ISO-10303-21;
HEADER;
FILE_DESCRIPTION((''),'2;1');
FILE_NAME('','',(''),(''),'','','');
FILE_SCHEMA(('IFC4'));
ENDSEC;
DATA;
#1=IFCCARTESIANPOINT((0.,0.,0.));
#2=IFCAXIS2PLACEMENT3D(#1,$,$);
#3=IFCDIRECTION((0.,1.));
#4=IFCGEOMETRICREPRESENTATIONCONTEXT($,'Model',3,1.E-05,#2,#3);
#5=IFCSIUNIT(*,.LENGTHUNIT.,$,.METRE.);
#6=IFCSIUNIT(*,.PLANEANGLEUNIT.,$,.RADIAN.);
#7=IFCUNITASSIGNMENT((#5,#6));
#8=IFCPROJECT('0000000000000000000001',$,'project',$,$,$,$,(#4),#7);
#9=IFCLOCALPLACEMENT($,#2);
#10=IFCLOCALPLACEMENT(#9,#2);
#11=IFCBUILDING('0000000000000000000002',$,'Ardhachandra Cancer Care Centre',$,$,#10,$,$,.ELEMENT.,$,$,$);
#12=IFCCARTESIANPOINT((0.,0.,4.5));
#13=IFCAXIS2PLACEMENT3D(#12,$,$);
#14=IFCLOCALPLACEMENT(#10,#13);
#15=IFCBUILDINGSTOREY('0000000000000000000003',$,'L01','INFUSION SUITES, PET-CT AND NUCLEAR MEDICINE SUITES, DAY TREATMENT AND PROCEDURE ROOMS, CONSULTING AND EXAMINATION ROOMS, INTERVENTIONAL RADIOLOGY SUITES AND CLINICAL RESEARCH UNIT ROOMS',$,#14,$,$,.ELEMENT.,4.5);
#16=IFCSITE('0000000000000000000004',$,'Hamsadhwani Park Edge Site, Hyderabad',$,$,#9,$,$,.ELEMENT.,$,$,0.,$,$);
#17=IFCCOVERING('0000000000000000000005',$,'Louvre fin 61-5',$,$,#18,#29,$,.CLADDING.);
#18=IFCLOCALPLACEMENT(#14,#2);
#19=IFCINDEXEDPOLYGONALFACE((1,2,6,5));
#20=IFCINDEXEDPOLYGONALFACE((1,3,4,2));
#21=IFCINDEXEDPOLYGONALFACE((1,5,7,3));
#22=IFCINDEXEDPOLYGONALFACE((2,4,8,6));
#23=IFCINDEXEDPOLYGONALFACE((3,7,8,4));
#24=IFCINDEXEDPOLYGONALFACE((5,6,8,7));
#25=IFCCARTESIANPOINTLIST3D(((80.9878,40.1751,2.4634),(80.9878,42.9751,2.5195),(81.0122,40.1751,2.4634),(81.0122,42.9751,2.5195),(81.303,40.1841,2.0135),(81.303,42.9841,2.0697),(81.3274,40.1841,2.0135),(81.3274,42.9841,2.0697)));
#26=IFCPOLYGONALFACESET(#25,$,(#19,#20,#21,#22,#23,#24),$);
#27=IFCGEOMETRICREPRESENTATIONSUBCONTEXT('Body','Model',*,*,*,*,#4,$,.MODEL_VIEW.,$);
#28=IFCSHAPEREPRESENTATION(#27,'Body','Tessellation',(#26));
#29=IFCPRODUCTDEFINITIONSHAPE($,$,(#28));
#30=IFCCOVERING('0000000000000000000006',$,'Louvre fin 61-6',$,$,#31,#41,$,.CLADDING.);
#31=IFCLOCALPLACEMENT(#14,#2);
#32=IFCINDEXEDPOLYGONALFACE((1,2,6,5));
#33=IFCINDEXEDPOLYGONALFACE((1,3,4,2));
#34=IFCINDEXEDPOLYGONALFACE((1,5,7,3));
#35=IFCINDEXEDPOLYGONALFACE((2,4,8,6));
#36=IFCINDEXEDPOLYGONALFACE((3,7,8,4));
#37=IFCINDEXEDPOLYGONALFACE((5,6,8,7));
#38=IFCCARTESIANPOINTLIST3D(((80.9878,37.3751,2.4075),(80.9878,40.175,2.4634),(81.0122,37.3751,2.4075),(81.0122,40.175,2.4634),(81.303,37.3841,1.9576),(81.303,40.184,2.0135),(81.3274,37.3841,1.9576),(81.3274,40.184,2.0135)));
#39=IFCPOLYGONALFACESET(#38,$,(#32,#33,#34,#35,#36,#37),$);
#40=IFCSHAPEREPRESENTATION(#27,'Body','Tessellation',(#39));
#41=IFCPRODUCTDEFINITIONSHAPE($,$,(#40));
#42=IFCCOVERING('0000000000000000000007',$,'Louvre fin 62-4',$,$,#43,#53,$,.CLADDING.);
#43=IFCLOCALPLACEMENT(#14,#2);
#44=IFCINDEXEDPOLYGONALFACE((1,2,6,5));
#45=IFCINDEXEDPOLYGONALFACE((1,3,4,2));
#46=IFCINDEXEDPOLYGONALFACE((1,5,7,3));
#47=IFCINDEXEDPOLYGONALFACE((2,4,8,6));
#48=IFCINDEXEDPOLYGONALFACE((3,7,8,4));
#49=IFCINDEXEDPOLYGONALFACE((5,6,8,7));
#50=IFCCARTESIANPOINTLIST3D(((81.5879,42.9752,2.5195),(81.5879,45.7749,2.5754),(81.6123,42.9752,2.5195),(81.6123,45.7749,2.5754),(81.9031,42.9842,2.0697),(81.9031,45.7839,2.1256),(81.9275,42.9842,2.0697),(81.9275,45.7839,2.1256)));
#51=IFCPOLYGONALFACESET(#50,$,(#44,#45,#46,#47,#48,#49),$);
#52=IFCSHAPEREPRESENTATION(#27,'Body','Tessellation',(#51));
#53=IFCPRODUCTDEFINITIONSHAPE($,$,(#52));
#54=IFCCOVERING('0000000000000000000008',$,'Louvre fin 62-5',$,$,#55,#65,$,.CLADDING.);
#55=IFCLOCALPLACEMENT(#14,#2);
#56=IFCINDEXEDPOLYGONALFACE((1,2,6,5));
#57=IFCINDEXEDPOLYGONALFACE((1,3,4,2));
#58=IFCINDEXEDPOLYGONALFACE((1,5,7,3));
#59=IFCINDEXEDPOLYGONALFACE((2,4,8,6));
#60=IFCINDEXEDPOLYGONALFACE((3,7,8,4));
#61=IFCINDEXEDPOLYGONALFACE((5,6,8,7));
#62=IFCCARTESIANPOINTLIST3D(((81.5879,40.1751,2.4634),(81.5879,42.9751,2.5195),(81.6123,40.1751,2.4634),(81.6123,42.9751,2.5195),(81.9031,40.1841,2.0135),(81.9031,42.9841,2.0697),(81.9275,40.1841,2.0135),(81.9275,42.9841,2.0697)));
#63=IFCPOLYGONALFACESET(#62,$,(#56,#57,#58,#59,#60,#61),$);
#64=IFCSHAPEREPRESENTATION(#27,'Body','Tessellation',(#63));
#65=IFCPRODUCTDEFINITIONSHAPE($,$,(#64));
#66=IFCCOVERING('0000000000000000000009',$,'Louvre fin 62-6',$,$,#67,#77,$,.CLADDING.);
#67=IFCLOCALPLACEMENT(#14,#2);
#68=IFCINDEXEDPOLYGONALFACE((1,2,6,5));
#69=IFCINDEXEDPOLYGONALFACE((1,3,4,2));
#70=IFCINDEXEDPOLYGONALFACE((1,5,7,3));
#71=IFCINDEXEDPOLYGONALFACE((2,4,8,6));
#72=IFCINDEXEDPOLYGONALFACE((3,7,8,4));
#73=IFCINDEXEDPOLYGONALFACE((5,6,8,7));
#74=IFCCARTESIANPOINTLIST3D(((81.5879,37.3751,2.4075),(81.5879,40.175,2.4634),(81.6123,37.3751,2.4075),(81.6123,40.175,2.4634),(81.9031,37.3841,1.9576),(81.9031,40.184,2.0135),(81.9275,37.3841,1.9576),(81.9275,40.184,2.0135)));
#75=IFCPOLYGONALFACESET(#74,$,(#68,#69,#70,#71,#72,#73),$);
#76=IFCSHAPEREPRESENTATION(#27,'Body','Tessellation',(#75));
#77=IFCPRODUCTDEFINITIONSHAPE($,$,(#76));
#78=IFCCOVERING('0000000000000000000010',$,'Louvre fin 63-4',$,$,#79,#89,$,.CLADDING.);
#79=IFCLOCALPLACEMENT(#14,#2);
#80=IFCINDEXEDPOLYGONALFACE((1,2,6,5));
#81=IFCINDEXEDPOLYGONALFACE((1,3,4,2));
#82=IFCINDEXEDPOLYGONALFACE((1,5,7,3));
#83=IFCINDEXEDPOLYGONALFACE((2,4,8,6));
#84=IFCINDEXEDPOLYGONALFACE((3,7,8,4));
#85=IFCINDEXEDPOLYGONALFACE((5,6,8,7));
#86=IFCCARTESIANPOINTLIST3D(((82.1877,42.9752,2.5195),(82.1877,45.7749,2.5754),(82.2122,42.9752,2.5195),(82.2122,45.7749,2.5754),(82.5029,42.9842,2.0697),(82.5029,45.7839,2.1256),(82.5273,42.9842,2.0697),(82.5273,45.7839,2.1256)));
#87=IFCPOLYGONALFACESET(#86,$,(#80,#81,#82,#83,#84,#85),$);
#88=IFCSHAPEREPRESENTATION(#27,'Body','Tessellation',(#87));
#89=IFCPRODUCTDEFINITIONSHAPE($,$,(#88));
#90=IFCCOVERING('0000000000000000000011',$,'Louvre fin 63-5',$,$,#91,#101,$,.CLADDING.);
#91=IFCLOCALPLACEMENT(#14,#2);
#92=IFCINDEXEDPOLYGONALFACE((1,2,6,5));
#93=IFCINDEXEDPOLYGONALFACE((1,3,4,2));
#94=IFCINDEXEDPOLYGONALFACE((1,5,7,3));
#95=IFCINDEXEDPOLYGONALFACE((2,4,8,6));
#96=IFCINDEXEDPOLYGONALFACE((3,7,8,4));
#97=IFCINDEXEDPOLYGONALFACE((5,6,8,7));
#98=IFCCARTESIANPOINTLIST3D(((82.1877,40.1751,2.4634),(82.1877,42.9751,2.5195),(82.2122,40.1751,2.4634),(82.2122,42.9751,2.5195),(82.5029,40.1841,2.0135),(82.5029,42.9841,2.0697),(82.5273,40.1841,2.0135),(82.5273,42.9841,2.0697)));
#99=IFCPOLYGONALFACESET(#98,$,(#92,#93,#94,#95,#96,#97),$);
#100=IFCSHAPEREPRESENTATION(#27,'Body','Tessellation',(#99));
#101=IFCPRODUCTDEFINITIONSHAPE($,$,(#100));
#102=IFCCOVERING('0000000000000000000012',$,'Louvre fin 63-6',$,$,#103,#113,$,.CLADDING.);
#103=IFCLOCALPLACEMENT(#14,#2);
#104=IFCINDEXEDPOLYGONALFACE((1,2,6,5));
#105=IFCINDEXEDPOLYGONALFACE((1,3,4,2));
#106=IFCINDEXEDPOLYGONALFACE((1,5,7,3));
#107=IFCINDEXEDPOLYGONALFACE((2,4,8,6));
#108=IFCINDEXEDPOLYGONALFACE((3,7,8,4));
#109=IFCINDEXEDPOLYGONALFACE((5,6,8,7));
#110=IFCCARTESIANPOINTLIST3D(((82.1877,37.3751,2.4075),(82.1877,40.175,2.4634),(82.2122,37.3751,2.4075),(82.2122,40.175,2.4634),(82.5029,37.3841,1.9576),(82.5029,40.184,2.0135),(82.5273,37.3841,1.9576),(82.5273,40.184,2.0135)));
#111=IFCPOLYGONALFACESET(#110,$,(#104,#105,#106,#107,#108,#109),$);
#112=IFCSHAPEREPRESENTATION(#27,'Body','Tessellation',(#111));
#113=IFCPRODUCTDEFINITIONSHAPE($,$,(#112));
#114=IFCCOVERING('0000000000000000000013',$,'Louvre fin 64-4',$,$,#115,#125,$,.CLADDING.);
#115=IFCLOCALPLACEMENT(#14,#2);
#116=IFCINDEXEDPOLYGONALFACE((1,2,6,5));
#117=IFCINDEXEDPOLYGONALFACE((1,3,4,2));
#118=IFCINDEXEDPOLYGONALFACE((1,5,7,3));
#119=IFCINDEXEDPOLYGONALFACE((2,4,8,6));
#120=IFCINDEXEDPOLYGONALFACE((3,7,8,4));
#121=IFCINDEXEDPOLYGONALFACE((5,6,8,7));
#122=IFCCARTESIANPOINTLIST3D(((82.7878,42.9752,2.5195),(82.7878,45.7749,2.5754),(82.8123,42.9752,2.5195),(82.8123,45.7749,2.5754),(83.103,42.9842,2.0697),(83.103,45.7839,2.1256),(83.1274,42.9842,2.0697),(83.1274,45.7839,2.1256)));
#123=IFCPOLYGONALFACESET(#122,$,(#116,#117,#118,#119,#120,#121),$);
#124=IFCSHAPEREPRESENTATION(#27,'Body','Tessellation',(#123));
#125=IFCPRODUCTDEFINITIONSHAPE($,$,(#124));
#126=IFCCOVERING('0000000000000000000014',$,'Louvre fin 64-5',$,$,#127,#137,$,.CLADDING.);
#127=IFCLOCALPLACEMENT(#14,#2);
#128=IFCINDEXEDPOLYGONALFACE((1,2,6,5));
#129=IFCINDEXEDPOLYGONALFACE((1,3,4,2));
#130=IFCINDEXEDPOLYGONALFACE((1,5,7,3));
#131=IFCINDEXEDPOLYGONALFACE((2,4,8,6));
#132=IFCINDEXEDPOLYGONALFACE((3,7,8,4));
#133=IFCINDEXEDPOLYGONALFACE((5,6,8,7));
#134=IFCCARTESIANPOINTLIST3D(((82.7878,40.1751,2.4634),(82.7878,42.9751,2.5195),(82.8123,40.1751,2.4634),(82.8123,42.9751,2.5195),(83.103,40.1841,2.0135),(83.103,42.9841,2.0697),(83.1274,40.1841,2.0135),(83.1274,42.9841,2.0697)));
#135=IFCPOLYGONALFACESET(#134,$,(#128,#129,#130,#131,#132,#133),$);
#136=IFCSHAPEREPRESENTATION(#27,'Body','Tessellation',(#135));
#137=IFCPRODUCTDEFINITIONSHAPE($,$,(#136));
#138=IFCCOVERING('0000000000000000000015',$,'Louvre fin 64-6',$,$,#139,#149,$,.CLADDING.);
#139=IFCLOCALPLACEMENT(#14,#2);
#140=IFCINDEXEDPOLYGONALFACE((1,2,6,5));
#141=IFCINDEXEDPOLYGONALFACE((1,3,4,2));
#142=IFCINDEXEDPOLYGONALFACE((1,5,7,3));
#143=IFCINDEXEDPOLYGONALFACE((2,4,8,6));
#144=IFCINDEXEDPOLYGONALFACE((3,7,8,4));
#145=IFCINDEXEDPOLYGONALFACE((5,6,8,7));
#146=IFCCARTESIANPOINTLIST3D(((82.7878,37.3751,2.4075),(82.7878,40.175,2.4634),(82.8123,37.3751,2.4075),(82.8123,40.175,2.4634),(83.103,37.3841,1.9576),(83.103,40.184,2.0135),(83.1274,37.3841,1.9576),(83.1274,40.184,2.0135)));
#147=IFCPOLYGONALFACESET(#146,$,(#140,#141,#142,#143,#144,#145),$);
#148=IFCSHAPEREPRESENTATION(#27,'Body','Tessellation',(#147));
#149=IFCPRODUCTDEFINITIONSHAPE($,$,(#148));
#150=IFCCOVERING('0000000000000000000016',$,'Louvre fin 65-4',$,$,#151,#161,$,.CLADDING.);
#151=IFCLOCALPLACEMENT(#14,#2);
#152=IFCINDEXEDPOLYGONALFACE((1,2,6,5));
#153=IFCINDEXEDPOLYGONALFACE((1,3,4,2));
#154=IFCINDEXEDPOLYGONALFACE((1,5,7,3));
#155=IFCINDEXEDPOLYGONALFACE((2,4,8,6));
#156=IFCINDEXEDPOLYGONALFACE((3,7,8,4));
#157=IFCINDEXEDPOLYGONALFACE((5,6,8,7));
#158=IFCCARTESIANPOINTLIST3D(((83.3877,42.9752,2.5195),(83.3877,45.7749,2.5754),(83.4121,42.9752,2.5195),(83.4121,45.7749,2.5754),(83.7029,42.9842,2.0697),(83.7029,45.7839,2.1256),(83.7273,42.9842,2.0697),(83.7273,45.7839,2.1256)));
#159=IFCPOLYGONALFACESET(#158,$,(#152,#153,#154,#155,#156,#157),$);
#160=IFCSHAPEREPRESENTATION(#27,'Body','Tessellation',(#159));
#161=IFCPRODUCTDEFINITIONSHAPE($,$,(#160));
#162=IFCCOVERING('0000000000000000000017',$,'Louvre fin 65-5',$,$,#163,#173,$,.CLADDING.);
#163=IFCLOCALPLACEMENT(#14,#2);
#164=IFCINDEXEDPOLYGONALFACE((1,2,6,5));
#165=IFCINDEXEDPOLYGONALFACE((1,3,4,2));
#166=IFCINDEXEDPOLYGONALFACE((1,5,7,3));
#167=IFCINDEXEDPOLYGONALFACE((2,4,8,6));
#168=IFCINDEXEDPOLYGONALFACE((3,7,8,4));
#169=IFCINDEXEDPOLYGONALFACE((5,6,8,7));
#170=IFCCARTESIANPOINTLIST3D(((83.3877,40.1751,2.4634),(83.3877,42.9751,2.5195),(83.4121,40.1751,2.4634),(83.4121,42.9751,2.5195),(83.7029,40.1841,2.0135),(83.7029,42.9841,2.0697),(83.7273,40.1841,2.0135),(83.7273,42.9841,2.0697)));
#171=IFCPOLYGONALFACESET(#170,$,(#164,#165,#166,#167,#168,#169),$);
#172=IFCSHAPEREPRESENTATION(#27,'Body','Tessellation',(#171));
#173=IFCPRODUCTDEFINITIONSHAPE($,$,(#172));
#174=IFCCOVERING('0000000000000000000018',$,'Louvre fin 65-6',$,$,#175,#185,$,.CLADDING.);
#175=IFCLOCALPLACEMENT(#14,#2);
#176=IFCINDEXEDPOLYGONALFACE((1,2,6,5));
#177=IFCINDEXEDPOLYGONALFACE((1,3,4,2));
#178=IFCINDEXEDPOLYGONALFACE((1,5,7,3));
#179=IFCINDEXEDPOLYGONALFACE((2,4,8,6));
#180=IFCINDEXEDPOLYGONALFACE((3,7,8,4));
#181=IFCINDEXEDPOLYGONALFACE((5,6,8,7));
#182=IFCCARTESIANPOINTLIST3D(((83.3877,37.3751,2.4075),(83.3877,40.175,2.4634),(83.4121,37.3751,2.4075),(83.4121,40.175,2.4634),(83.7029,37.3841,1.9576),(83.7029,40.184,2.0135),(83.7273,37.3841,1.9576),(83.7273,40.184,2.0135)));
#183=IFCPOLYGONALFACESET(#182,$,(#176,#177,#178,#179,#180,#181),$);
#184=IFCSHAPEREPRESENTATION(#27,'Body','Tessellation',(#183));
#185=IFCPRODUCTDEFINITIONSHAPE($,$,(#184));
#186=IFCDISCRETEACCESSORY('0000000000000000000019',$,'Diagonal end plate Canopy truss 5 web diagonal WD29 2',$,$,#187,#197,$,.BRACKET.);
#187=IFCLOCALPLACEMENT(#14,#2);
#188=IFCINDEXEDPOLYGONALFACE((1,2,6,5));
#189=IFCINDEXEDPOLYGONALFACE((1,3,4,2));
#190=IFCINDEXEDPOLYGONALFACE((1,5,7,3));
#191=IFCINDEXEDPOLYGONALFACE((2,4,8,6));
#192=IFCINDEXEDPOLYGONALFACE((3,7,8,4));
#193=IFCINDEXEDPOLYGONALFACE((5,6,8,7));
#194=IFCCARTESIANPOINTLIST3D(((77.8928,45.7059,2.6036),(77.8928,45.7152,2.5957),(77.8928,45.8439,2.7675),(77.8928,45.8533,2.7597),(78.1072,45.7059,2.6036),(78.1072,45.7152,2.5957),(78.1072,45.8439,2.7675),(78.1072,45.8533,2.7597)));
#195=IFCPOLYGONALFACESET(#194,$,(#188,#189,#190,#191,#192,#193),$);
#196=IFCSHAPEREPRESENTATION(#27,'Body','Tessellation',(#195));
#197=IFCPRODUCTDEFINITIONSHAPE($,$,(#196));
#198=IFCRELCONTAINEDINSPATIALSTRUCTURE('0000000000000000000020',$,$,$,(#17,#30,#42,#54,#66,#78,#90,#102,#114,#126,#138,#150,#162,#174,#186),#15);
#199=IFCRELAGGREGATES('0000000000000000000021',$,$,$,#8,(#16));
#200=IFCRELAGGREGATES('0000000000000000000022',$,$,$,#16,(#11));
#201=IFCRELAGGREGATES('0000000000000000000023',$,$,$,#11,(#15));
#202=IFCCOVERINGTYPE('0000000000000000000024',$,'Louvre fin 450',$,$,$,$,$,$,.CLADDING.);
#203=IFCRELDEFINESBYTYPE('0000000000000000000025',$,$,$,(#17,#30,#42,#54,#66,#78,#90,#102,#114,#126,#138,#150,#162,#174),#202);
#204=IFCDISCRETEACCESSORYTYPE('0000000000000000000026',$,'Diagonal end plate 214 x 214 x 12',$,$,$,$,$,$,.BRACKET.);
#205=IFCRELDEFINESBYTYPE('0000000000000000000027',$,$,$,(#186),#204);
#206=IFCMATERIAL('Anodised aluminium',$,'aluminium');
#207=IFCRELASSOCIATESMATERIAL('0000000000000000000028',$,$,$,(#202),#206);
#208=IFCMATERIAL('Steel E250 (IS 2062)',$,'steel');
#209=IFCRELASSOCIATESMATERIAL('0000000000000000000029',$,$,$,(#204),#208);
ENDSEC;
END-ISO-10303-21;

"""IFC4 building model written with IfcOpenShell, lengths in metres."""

from ifc_helpers import new_model, si_unit, direction, frame, origin, origin_2d, place, context, subcontext, project, spatial, polyline, rectangle, outline, extrude, material, material_profile, profile_set, type_object, element, save


model = new_model("IFC4")

# Units and contexts
model_context = context("Model", 3, precision=1e-05, world=origin(), true_north=direction((0.0, 1.0)))
body_context = subcontext(model_context, "Body", "Model", "MODEL_VIEW")
ifc_project = project(units=[si_unit("LENGTHUNIT", "METRE"), si_unit("PLANEANGLEUNIT", "RADIAN")], contexts=[model_context])

# Site, building, storey
site_placement = place(None, origin())
site = spatial("IfcSite", under=ifc_project, at=site_placement, Name="Hamsadhwani Park Edge Site, Hyderabad", CompositionType="ELEMENT", RefElevation=0.0)
building_placement = place(site_placement, origin())
building = spatial("IfcBuilding", under=site, at=building_placement, Name="Ardhachandra Cancer Care Centre", CompositionType="ELEMENT")
storey_placement = place(building_placement, frame((0.0, 0.0, 4.5)))
storey = spatial("IfcBuildingStorey", under=building, at=storey_placement, Name="L01", Description="INFUSION SUITES, PET-CT AND NUCLEAR MEDICINE SUITES, DAY TREATMENT AND PROCEDURE ROOMS, CONSULTING AND EXAMINATION ROOMS, INTERVENTIONAL RADIOLOGY SUITES AND CLINICAL RESEARCH UNIT ROOMS", CompositionType="ELEMENT", Elevation=4.5)

# Coverings
ifc_material_1 = material(Name="Anodised aluminium", Category="aluminium")
ifc_material_profile_1 = material_profile(ifc_material_1, outline(polyline([(-0.0122, 0.0), (0.0122, 0.0), (0.3274, -0.45), (0.303, -0.45), (-0.0122, 0.0)])), Name="Louvre fin 450")
ifc_profile_set_1 = profile_set([ifc_material_profile_1], Name="Anodised aluminium")
covering_type = type_object("IfcCoveringType", Name="Louvre fin 450", PredefinedType="CLADDING", material=ifc_profile_set_1)
for number, where, z_axis, x_axis, name in (
    (1, (81.0, 42.9751, 2.5195), (0.0, -0.999799, -0.02005), (1.0, 0.0, 0.0), "Louvre fin 61-5"),
    (2, (81.0, 40.175, 2.4634), (0.0, -0.999801, -0.019963), (1.0, 0.0, 0.0), "Louvre fin 61-6"),
):
    element("IfcCovering", number, at=place(storey_placement, frame(where, z_axis=z_axis, x_axis=x_axis)), inside=storey, type_object=covering_type, Name=name, PredefinedType="CLADDING", context=body_context, shape_type="SweptSolid", body=[
        extrude(outline(polyline([(-0.0122, 0.0), (0.0122, 0.0), (0.3274, -0.45), (0.303, -0.45), (-0.0122, 0.0)])), origin(), (0.0, 0.0, 1.0), 2.8005),
    ])
covering_1_placement = place(storey_placement, frame((81.6001, 45.7749, 2.5754), z_axis=(0.0, -0.999801, -0.019965), x_axis=(1.0, 0.0, 0.0)))
element("IfcCovering", 3, at=covering_1_placement, inside=storey, type_object=covering_type, Name="Louvre fin 62-4", PredefinedType="CLADDING", context=body_context, shape_type="SweptSolid", body=[
    extrude(outline(polyline([(-0.0122, 0.0), (0.0122, 0.0), (0.3274, -0.45), (0.303, -0.45), (-0.0122, 0.0)])), origin(), (0.0, 0.0, 1.0), 2.8003),
])
for number, where, z_axis, x_axis, name in (
    (4, (81.6001, 42.9751, 2.5195), (0.0, -0.999799, -0.02005), (1.0, 0.0, 0.0), "Louvre fin 62-5"),
    (5, (81.6001, 40.175, 2.4634), (0.0, -0.999801, -0.019963), (1.0, 0.0, 0.0), "Louvre fin 62-6"),
):
    element("IfcCovering", number, at=place(storey_placement, frame(where, z_axis=z_axis, x_axis=x_axis)), inside=storey, type_object=covering_type, Name=name, PredefinedType="CLADDING", context=body_context, shape_type="SweptSolid", body=[
        extrude(outline(polyline([(-0.0122, 0.0), (0.0122, 0.0), (0.3274, -0.45), (0.303, -0.45), (-0.0122, 0.0)])), origin(), (0.0, 0.0, 1.0), 2.8005),
    ])
covering_2_placement = place(storey_placement, frame((82.2, 45.7749, 2.5754), z_axis=(0.0, -0.999801, -0.019965), x_axis=(1.0, 0.0, 0.0)))
element("IfcCovering", 6, at=covering_2_placement, inside=storey, type_object=covering_type, Name="Louvre fin 63-4", PredefinedType="CLADDING", context=body_context, shape_type="SweptSolid", body=[
    extrude(outline(polyline([(-0.0122, 0.0), (0.0122, 0.0), (0.3274, -0.45), (0.303, -0.45), (-0.0122, 0.0)])), origin(), (0.0, 0.0, 1.0), 2.8003),
])
for number, where, z_axis, x_axis, name in (
    (7, (82.2, 42.9751, 2.5195), (0.0, -0.999799, -0.02005), (1.0, 0.0, 0.0), "Louvre fin 63-5"),
    (8, (82.2, 40.175, 2.4634), (0.0, -0.999801, -0.019963), (1.0, 0.0, 0.0), "Louvre fin 63-6"),
):
    element("IfcCovering", number, at=place(storey_placement, frame(where, z_axis=z_axis, x_axis=x_axis)), inside=storey, type_object=covering_type, Name=name, PredefinedType="CLADDING", context=body_context, shape_type="SweptSolid", body=[
        extrude(outline(polyline([(-0.0122, 0.0), (0.0122, 0.0), (0.3274, -0.45), (0.303, -0.45), (-0.0122, 0.0)])), origin(), (0.0, 0.0, 1.0), 2.8005),
    ])
covering_3_placement = place(storey_placement, frame((82.8, 45.7749, 2.5754), z_axis=(0.0, -0.999801, -0.019965), x_axis=(1.0, 0.0, 0.0)))
element("IfcCovering", 9, at=covering_3_placement, inside=storey, type_object=covering_type, Name="Louvre fin 64-4", PredefinedType="CLADDING", context=body_context, shape_type="SweptSolid", body=[
    extrude(outline(polyline([(-0.0122, 0.0), (0.0122, 0.0), (0.3274, -0.45), (0.303, -0.45), (-0.0122, 0.0)])), origin(), (0.0, 0.0, 1.0), 2.8003),
])
for number, where, z_axis, x_axis, name in (
    (10, (82.8, 42.9751, 2.5195), (0.0, -0.999799, -0.02005), (1.0, 0.0, 0.0), "Louvre fin 64-5"),
    (11, (82.8, 40.175, 2.4634), (0.0, -0.999801, -0.019963), (1.0, 0.0, 0.0), "Louvre fin 64-6"),
):
    element("IfcCovering", number, at=place(storey_placement, frame(where, z_axis=z_axis, x_axis=x_axis)), inside=storey, type_object=covering_type, Name=name, PredefinedType="CLADDING", context=body_context, shape_type="SweptSolid", body=[
        extrude(outline(polyline([(-0.0122, 0.0), (0.0122, 0.0), (0.3274, -0.45), (0.303, -0.45), (-0.0122, 0.0)])), origin(), (0.0, 0.0, 1.0), 2.8005),
    ])
covering_4_placement = place(storey_placement, frame((83.3999, 45.7749, 2.5754), z_axis=(0.0, -0.999801, -0.019965), x_axis=(1.0, 0.0, 0.0)))
element("IfcCovering", 12, at=covering_4_placement, inside=storey, type_object=covering_type, Name="Louvre fin 65-4", PredefinedType="CLADDING", context=body_context, shape_type="SweptSolid", body=[
    extrude(outline(polyline([(-0.0122, 0.0), (0.0122, 0.0), (0.3274, -0.45), (0.303, -0.45), (-0.0122, 0.0)])), origin(), (0.0, 0.0, 1.0), 2.8003),
])
for number, where, z_axis, x_axis, name in (
    (13, (83.3999, 42.9751, 2.5195), (0.0, -0.999799, -0.02005), (1.0, 0.0, 0.0), "Louvre fin 65-5"),
    (14, (83.3999, 40.175, 2.4634), (0.0, -0.999801, -0.019963), (1.0, 0.0, 0.0), "Louvre fin 65-6"),
):
    element("IfcCovering", number, at=place(storey_placement, frame(where, z_axis=z_axis, x_axis=x_axis)), inside=storey, type_object=covering_type, Name=name, PredefinedType="CLADDING", context=body_context, shape_type="SweptSolid", body=[
        extrude(outline(polyline([(-0.0122, 0.0), (0.0122, 0.0), (0.3274, -0.45), (0.303, -0.45), (-0.0122, 0.0)])), origin(), (0.0, 0.0, 1.0), 2.8005),
    ])

# Discrete accessory
ifc_material_2 = material(Name="Steel E250 (IS 2062)", Category="steel")
ifc_material_profile_2 = material_profile(ifc_material_2, rectangle(XDim=0.2144, YDim=0.2144, at=origin_2d()), Name="PL 214x214x12")
ifc_profile_set_2 = profile_set([ifc_material_profile_2], Name="Steel E250 (IS 2062)")
discrete_accessory_type = type_object("IfcDiscreteAccessoryType", Name="Diagonal end plate 214 x 214 x 12", PredefinedType="BRACKET", material=ifc_profile_set_2)
discrete_accessory_1_placement = place(storey_placement, frame((78.0, 45.7749, 2.6855), z_axis=(0.0, 0.764911, -0.644136), x_axis=(-1.0, 0.0, 0.0)))
element("IfcDiscreteAccessory", 15, at=discrete_accessory_1_placement, inside=storey, type_object=discrete_accessory_type, Name="Diagonal end plate Canopy truss 5 web diagonal WD29 2", PredefinedType="BRACKET", context=body_context, shape_type="SweptSolid", body=[
    extrude(rectangle(XDim=0.2144, YDim=0.2144, at=origin_2d()), origin(), (0.0, 0.0, 1.0), 0.0122),
])

save(model, "model.ifc")
